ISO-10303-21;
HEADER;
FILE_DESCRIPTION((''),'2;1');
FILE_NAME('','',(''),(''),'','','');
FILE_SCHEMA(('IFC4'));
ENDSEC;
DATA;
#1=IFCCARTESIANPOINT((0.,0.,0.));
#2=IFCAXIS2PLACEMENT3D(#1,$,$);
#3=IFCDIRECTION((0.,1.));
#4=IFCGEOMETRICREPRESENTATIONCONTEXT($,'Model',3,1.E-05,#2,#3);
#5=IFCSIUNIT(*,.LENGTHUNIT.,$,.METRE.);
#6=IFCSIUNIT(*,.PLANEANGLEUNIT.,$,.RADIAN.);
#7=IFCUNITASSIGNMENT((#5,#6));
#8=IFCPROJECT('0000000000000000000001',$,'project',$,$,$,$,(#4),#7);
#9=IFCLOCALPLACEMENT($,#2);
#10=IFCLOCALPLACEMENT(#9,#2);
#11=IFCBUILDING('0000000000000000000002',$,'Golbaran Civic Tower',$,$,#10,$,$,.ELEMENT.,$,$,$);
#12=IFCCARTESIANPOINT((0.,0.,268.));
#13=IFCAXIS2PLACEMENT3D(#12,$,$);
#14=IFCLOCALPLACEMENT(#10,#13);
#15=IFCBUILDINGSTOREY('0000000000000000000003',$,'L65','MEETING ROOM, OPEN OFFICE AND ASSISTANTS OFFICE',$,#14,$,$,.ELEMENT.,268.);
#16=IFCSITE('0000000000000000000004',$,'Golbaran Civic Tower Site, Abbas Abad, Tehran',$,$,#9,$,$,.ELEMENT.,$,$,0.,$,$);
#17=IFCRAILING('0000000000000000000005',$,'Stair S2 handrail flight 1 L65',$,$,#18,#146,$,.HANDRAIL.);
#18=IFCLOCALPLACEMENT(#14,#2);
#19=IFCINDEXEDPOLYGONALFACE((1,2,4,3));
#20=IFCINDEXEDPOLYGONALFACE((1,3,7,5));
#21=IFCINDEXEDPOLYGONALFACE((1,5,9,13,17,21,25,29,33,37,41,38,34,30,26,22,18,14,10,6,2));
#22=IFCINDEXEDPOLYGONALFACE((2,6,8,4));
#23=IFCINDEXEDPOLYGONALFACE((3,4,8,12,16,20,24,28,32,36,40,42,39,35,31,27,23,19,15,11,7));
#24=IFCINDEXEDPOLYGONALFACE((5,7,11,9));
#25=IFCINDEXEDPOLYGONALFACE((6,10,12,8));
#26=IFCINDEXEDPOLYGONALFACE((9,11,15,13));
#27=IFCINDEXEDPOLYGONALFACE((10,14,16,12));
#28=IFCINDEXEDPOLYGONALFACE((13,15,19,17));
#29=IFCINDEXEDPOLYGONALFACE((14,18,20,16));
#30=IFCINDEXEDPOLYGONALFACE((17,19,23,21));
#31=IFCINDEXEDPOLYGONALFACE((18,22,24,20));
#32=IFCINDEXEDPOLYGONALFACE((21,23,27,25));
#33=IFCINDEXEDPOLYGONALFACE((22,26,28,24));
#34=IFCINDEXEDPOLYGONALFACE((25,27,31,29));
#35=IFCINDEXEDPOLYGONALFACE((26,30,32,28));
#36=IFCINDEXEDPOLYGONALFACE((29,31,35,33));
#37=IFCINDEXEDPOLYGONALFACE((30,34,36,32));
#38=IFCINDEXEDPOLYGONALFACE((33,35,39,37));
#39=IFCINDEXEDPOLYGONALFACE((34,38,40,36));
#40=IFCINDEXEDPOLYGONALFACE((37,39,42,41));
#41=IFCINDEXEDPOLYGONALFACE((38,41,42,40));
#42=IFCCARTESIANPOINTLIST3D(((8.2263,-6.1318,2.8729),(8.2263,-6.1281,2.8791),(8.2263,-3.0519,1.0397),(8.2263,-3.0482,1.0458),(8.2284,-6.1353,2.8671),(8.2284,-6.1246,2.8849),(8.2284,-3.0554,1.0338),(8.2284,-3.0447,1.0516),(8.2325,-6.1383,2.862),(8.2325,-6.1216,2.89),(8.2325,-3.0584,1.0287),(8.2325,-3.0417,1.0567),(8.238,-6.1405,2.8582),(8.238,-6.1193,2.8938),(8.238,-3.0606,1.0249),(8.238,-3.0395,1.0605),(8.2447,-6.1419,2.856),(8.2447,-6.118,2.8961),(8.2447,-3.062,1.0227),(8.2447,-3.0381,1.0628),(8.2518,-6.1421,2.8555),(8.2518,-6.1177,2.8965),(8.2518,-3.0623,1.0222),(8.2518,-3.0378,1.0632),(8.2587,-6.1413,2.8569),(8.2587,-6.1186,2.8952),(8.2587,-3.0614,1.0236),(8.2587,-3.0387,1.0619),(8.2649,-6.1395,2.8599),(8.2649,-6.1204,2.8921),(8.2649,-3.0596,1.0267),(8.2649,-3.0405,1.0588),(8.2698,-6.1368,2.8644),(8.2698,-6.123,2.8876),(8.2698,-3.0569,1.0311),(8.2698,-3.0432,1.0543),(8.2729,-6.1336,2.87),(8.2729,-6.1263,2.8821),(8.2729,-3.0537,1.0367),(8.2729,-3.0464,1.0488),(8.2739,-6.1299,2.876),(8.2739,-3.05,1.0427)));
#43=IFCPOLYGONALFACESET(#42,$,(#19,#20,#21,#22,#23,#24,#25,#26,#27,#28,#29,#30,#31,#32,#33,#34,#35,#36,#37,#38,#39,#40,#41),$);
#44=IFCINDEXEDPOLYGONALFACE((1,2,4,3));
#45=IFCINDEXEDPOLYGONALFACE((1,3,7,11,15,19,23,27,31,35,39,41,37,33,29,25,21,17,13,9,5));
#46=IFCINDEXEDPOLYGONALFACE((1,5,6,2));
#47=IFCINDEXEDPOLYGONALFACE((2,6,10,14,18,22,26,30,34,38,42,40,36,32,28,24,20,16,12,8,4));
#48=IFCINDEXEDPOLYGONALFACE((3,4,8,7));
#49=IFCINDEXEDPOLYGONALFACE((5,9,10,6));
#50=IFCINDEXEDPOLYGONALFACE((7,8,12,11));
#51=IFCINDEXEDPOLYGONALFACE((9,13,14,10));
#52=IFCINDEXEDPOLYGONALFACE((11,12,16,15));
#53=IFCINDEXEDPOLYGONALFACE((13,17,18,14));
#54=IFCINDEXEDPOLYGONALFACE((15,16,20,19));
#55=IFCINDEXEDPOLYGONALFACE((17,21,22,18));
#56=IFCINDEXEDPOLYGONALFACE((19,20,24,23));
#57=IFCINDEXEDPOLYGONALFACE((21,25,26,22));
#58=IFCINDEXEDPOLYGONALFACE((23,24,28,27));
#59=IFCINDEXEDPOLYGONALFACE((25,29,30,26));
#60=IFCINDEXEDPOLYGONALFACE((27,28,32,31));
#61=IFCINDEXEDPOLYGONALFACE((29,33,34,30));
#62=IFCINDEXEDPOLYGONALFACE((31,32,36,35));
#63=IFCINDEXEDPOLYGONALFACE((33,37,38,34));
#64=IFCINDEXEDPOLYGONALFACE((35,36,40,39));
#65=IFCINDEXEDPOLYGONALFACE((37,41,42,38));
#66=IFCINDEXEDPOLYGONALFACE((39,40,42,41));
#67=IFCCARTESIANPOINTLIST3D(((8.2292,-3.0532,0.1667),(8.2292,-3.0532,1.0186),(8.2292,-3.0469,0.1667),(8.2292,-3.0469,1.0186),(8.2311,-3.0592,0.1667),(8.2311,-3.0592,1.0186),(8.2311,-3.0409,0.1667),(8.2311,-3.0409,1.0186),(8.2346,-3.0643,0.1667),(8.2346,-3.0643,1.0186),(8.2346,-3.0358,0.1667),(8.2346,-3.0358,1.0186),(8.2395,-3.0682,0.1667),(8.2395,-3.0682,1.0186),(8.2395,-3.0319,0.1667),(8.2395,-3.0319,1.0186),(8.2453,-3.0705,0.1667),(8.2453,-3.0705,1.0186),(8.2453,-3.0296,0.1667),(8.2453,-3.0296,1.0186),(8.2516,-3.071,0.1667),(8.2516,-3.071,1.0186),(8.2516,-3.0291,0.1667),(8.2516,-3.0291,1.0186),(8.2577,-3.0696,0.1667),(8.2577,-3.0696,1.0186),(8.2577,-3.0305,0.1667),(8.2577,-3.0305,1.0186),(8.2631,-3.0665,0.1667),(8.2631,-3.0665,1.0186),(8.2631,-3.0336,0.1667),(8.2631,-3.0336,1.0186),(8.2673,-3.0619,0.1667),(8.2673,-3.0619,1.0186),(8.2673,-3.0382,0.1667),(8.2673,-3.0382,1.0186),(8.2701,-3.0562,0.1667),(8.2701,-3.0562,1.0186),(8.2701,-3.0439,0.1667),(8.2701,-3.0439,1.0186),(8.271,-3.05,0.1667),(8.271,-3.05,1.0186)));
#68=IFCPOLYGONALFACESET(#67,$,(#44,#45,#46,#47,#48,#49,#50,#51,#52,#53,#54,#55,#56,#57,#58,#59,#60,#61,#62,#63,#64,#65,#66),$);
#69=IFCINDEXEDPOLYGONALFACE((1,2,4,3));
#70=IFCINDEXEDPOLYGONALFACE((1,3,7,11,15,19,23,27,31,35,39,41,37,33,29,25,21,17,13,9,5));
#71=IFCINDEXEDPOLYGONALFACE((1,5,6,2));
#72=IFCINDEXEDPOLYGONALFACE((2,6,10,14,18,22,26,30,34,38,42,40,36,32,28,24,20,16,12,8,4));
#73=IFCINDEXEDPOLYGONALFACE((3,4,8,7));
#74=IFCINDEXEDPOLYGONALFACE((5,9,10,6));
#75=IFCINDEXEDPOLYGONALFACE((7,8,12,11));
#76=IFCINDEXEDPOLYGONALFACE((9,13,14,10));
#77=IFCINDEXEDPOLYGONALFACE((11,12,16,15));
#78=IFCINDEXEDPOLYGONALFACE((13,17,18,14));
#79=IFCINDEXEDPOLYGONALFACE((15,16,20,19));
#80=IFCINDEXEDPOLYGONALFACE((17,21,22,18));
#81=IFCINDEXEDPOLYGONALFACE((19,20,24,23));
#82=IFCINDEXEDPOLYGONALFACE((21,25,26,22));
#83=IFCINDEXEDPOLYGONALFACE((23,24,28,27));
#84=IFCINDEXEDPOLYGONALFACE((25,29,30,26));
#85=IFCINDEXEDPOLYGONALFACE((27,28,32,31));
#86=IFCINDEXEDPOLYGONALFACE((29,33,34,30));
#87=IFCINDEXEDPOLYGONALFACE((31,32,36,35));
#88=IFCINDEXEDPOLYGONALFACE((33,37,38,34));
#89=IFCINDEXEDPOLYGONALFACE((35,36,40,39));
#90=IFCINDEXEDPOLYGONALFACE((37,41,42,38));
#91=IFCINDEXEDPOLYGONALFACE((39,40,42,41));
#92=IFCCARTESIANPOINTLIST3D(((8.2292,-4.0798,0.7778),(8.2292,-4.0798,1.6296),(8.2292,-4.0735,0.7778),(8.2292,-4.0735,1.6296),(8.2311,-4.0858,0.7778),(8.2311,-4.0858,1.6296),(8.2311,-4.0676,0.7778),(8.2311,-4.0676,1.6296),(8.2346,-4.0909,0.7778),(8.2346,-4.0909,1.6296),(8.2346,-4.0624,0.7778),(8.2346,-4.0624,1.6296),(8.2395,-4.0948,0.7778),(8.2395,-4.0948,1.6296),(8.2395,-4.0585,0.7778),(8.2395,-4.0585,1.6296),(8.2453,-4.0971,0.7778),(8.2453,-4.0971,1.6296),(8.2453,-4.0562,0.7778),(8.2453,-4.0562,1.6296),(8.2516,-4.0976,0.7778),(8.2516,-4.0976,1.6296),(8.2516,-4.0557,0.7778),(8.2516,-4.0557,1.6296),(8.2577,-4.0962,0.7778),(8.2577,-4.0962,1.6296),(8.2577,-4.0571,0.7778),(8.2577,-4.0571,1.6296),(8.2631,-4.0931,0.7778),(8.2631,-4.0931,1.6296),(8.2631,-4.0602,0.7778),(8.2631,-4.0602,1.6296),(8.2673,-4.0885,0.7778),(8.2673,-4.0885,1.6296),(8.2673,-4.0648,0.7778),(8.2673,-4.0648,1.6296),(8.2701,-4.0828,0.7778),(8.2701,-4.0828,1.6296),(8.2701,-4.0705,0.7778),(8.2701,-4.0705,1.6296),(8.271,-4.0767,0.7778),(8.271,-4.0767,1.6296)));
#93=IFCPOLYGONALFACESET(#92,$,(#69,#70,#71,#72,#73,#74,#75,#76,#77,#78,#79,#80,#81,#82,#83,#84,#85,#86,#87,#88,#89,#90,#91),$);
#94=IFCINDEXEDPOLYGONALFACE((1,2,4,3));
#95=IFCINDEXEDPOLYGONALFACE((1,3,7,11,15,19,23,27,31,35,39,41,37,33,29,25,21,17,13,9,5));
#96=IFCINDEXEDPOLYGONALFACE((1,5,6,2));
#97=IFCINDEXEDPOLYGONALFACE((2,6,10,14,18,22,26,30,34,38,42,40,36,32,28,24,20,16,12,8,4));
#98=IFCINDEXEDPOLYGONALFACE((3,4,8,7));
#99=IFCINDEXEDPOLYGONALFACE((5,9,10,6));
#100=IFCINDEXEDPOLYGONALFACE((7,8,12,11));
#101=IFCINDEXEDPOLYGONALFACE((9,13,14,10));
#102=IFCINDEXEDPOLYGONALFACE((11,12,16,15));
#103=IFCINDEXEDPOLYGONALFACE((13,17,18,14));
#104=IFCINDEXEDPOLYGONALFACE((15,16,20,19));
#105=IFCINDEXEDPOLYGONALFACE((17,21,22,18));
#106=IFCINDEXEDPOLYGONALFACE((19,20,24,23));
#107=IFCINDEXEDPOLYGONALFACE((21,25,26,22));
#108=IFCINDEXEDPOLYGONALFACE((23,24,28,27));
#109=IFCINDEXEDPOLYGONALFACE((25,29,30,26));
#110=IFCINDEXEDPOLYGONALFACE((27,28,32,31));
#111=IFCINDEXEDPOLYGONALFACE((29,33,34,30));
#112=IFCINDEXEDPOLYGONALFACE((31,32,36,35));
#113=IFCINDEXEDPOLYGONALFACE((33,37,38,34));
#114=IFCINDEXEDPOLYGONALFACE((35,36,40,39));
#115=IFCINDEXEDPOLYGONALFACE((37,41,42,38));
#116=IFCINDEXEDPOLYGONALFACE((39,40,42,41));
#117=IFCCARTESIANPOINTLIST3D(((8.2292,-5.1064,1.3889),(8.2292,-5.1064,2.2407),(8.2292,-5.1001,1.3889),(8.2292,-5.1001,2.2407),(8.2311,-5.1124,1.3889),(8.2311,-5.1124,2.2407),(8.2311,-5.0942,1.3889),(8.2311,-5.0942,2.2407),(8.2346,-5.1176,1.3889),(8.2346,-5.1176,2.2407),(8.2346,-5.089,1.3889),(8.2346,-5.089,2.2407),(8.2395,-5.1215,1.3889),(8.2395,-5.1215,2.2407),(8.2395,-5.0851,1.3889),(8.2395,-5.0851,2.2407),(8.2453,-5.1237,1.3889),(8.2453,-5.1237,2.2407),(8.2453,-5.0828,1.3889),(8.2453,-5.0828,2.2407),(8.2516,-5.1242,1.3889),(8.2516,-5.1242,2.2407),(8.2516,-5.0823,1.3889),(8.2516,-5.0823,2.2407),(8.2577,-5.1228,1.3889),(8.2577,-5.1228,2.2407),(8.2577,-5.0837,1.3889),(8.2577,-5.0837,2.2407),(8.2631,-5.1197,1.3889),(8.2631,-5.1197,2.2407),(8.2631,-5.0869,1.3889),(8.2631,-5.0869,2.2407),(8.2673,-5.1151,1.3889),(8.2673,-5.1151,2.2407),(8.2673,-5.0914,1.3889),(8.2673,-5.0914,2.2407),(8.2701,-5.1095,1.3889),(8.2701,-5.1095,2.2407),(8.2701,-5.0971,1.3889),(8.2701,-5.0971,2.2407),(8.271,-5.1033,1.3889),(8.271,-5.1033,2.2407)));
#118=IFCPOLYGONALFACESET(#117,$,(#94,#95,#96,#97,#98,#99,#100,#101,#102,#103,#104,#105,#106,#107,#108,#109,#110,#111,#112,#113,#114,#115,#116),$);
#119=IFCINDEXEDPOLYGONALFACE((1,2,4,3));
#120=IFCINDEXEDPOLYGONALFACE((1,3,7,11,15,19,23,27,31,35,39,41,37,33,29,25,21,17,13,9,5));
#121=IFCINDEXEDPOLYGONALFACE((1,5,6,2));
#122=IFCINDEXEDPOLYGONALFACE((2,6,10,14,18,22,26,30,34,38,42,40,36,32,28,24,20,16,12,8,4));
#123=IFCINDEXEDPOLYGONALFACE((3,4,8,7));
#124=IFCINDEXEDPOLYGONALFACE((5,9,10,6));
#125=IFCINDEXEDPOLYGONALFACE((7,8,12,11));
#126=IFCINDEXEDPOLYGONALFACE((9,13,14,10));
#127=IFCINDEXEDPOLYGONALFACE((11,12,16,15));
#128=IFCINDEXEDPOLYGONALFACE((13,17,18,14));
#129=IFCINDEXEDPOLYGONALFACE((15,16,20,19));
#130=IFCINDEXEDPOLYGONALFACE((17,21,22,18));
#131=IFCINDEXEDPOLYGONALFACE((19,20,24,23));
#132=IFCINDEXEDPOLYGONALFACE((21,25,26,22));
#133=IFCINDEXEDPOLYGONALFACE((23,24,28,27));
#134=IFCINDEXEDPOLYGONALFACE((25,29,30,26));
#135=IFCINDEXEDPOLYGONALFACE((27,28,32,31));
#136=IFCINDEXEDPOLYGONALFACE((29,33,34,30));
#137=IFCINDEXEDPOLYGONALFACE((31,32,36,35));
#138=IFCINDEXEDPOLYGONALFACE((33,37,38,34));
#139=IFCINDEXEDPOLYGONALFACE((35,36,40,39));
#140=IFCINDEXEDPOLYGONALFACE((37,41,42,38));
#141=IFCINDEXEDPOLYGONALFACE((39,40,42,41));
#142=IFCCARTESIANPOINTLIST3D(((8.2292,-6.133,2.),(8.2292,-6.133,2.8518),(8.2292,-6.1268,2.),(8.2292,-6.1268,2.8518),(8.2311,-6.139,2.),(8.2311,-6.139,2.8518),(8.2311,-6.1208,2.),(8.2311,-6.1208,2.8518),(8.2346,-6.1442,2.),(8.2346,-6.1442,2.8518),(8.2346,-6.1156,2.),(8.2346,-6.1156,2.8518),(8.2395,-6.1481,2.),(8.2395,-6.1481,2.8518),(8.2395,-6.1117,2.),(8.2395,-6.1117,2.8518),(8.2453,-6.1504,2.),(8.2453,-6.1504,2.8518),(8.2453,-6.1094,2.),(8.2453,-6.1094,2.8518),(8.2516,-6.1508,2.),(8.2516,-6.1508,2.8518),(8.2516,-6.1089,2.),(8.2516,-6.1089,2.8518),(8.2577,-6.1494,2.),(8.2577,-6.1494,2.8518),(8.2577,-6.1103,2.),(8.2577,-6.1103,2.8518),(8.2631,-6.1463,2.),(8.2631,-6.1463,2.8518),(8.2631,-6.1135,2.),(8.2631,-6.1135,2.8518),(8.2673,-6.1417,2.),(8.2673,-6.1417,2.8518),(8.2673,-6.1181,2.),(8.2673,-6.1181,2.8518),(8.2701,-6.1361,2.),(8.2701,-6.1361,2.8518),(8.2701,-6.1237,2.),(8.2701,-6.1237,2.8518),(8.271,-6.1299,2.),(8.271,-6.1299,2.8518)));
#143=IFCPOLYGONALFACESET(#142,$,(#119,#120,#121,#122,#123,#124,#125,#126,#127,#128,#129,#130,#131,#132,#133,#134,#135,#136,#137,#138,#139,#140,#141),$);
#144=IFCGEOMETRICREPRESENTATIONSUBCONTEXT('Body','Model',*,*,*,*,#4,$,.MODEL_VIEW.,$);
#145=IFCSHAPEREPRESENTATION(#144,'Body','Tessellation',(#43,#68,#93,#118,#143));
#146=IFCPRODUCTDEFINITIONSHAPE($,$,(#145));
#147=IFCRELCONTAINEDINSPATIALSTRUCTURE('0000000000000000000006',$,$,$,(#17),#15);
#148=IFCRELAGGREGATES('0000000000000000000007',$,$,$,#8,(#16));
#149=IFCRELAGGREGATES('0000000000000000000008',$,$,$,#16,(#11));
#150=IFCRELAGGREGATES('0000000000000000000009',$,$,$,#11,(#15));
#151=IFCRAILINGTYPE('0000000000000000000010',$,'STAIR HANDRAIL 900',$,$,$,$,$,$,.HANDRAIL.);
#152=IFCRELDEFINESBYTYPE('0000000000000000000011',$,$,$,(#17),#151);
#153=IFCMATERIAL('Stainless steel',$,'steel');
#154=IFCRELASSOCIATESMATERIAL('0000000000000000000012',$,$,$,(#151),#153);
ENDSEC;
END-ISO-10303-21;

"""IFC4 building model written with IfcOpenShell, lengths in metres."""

from ifc_helpers import new_model, si_unit, direction, frame, origin, origin_2d, place, context, subcontext, project, spatial, circle, extrude, material, type_object, element, save


model = new_model("IFC4")

# Units and contexts
model_context = context("Model", 3, precision=1e-05, world=origin(), true_north=direction((0.0, 1.0)))
body_context = subcontext(model_context, "Body", "Model", "MODEL_VIEW")
ifc_project = project(units=[si_unit("LENGTHUNIT", "METRE"), si_unit("PLANEANGLEUNIT", "RADIAN")], contexts=[model_context])

# Site, building, storey
site_placement = place(None, origin())
site = spatial("IfcSite", under=ifc_project, at=site_placement, Name="Golbaran Civic Tower Site, Abbas Abad, Tehran", CompositionType="ELEMENT", RefElevation=0.0)
building_placement = place(site_placement, origin())
building = spatial("IfcBuilding", under=site, at=building_placement, Name="Golbaran Civic Tower", CompositionType="ELEMENT")
storey_placement = place(building_placement, frame((0.0, 0.0, 268.0)))
storey = spatial("IfcBuildingStorey", under=building, at=storey_placement, Name="L65", Description="MEETING ROOM, OPEN OFFICE AND ASSISTANTS OFFICE", CompositionType="ELEMENT", Elevation=268.0)

# Shared definitions
ifc_material_1 = material(Name="Stainless steel", Category="steel")

# Railing
railing_type = type_object("IfcRailingType", Name="STAIR HANDRAIL 900", PredefinedType="HANDRAIL", material=ifc_material_1)
railing_1_placement = place(storey_placement, frame((8.25, -3.05, 0.1667)))
element("IfcRailing", 1, at=railing_1_placement, inside=storey, type_object=railing_type, Name="Stair S2 handrail flight 1 L65", PredefinedType="HANDRAIL", context=body_context, shape_type="SweptSolid", body=[
    extrude(circle(Radius=0.0239, at=origin_2d()), frame((0.0, 0.0, 0.876), z_axis=(0.0, -0.859291, 0.511487), x_axis=(1.0, 0.0, 0.0)), (0.0, 0.0, 1.0), 3.5842),
    extrude(circle(Radius=0.021, at=origin_2d()), origin(), (0.0, 0.0, 1.0), 0.8518),
    extrude(circle(Radius=0.021, at=origin_2d()), frame((0.0, -1.0266, 0.6111)), (0.0, 0.0, 1.0), 0.8518),
    extrude(circle(Radius=0.021, at=origin_2d()), frame((0.0, -2.0532, 1.2222)), (0.0, 0.0, 1.0), 0.8518),
    extrude(circle(Radius=0.021, at=origin_2d()), frame((0.0, -3.0798, 1.8333)), (0.0, 0.0, 1.0), 0.8518),
])

save(model, "model.ifc")
